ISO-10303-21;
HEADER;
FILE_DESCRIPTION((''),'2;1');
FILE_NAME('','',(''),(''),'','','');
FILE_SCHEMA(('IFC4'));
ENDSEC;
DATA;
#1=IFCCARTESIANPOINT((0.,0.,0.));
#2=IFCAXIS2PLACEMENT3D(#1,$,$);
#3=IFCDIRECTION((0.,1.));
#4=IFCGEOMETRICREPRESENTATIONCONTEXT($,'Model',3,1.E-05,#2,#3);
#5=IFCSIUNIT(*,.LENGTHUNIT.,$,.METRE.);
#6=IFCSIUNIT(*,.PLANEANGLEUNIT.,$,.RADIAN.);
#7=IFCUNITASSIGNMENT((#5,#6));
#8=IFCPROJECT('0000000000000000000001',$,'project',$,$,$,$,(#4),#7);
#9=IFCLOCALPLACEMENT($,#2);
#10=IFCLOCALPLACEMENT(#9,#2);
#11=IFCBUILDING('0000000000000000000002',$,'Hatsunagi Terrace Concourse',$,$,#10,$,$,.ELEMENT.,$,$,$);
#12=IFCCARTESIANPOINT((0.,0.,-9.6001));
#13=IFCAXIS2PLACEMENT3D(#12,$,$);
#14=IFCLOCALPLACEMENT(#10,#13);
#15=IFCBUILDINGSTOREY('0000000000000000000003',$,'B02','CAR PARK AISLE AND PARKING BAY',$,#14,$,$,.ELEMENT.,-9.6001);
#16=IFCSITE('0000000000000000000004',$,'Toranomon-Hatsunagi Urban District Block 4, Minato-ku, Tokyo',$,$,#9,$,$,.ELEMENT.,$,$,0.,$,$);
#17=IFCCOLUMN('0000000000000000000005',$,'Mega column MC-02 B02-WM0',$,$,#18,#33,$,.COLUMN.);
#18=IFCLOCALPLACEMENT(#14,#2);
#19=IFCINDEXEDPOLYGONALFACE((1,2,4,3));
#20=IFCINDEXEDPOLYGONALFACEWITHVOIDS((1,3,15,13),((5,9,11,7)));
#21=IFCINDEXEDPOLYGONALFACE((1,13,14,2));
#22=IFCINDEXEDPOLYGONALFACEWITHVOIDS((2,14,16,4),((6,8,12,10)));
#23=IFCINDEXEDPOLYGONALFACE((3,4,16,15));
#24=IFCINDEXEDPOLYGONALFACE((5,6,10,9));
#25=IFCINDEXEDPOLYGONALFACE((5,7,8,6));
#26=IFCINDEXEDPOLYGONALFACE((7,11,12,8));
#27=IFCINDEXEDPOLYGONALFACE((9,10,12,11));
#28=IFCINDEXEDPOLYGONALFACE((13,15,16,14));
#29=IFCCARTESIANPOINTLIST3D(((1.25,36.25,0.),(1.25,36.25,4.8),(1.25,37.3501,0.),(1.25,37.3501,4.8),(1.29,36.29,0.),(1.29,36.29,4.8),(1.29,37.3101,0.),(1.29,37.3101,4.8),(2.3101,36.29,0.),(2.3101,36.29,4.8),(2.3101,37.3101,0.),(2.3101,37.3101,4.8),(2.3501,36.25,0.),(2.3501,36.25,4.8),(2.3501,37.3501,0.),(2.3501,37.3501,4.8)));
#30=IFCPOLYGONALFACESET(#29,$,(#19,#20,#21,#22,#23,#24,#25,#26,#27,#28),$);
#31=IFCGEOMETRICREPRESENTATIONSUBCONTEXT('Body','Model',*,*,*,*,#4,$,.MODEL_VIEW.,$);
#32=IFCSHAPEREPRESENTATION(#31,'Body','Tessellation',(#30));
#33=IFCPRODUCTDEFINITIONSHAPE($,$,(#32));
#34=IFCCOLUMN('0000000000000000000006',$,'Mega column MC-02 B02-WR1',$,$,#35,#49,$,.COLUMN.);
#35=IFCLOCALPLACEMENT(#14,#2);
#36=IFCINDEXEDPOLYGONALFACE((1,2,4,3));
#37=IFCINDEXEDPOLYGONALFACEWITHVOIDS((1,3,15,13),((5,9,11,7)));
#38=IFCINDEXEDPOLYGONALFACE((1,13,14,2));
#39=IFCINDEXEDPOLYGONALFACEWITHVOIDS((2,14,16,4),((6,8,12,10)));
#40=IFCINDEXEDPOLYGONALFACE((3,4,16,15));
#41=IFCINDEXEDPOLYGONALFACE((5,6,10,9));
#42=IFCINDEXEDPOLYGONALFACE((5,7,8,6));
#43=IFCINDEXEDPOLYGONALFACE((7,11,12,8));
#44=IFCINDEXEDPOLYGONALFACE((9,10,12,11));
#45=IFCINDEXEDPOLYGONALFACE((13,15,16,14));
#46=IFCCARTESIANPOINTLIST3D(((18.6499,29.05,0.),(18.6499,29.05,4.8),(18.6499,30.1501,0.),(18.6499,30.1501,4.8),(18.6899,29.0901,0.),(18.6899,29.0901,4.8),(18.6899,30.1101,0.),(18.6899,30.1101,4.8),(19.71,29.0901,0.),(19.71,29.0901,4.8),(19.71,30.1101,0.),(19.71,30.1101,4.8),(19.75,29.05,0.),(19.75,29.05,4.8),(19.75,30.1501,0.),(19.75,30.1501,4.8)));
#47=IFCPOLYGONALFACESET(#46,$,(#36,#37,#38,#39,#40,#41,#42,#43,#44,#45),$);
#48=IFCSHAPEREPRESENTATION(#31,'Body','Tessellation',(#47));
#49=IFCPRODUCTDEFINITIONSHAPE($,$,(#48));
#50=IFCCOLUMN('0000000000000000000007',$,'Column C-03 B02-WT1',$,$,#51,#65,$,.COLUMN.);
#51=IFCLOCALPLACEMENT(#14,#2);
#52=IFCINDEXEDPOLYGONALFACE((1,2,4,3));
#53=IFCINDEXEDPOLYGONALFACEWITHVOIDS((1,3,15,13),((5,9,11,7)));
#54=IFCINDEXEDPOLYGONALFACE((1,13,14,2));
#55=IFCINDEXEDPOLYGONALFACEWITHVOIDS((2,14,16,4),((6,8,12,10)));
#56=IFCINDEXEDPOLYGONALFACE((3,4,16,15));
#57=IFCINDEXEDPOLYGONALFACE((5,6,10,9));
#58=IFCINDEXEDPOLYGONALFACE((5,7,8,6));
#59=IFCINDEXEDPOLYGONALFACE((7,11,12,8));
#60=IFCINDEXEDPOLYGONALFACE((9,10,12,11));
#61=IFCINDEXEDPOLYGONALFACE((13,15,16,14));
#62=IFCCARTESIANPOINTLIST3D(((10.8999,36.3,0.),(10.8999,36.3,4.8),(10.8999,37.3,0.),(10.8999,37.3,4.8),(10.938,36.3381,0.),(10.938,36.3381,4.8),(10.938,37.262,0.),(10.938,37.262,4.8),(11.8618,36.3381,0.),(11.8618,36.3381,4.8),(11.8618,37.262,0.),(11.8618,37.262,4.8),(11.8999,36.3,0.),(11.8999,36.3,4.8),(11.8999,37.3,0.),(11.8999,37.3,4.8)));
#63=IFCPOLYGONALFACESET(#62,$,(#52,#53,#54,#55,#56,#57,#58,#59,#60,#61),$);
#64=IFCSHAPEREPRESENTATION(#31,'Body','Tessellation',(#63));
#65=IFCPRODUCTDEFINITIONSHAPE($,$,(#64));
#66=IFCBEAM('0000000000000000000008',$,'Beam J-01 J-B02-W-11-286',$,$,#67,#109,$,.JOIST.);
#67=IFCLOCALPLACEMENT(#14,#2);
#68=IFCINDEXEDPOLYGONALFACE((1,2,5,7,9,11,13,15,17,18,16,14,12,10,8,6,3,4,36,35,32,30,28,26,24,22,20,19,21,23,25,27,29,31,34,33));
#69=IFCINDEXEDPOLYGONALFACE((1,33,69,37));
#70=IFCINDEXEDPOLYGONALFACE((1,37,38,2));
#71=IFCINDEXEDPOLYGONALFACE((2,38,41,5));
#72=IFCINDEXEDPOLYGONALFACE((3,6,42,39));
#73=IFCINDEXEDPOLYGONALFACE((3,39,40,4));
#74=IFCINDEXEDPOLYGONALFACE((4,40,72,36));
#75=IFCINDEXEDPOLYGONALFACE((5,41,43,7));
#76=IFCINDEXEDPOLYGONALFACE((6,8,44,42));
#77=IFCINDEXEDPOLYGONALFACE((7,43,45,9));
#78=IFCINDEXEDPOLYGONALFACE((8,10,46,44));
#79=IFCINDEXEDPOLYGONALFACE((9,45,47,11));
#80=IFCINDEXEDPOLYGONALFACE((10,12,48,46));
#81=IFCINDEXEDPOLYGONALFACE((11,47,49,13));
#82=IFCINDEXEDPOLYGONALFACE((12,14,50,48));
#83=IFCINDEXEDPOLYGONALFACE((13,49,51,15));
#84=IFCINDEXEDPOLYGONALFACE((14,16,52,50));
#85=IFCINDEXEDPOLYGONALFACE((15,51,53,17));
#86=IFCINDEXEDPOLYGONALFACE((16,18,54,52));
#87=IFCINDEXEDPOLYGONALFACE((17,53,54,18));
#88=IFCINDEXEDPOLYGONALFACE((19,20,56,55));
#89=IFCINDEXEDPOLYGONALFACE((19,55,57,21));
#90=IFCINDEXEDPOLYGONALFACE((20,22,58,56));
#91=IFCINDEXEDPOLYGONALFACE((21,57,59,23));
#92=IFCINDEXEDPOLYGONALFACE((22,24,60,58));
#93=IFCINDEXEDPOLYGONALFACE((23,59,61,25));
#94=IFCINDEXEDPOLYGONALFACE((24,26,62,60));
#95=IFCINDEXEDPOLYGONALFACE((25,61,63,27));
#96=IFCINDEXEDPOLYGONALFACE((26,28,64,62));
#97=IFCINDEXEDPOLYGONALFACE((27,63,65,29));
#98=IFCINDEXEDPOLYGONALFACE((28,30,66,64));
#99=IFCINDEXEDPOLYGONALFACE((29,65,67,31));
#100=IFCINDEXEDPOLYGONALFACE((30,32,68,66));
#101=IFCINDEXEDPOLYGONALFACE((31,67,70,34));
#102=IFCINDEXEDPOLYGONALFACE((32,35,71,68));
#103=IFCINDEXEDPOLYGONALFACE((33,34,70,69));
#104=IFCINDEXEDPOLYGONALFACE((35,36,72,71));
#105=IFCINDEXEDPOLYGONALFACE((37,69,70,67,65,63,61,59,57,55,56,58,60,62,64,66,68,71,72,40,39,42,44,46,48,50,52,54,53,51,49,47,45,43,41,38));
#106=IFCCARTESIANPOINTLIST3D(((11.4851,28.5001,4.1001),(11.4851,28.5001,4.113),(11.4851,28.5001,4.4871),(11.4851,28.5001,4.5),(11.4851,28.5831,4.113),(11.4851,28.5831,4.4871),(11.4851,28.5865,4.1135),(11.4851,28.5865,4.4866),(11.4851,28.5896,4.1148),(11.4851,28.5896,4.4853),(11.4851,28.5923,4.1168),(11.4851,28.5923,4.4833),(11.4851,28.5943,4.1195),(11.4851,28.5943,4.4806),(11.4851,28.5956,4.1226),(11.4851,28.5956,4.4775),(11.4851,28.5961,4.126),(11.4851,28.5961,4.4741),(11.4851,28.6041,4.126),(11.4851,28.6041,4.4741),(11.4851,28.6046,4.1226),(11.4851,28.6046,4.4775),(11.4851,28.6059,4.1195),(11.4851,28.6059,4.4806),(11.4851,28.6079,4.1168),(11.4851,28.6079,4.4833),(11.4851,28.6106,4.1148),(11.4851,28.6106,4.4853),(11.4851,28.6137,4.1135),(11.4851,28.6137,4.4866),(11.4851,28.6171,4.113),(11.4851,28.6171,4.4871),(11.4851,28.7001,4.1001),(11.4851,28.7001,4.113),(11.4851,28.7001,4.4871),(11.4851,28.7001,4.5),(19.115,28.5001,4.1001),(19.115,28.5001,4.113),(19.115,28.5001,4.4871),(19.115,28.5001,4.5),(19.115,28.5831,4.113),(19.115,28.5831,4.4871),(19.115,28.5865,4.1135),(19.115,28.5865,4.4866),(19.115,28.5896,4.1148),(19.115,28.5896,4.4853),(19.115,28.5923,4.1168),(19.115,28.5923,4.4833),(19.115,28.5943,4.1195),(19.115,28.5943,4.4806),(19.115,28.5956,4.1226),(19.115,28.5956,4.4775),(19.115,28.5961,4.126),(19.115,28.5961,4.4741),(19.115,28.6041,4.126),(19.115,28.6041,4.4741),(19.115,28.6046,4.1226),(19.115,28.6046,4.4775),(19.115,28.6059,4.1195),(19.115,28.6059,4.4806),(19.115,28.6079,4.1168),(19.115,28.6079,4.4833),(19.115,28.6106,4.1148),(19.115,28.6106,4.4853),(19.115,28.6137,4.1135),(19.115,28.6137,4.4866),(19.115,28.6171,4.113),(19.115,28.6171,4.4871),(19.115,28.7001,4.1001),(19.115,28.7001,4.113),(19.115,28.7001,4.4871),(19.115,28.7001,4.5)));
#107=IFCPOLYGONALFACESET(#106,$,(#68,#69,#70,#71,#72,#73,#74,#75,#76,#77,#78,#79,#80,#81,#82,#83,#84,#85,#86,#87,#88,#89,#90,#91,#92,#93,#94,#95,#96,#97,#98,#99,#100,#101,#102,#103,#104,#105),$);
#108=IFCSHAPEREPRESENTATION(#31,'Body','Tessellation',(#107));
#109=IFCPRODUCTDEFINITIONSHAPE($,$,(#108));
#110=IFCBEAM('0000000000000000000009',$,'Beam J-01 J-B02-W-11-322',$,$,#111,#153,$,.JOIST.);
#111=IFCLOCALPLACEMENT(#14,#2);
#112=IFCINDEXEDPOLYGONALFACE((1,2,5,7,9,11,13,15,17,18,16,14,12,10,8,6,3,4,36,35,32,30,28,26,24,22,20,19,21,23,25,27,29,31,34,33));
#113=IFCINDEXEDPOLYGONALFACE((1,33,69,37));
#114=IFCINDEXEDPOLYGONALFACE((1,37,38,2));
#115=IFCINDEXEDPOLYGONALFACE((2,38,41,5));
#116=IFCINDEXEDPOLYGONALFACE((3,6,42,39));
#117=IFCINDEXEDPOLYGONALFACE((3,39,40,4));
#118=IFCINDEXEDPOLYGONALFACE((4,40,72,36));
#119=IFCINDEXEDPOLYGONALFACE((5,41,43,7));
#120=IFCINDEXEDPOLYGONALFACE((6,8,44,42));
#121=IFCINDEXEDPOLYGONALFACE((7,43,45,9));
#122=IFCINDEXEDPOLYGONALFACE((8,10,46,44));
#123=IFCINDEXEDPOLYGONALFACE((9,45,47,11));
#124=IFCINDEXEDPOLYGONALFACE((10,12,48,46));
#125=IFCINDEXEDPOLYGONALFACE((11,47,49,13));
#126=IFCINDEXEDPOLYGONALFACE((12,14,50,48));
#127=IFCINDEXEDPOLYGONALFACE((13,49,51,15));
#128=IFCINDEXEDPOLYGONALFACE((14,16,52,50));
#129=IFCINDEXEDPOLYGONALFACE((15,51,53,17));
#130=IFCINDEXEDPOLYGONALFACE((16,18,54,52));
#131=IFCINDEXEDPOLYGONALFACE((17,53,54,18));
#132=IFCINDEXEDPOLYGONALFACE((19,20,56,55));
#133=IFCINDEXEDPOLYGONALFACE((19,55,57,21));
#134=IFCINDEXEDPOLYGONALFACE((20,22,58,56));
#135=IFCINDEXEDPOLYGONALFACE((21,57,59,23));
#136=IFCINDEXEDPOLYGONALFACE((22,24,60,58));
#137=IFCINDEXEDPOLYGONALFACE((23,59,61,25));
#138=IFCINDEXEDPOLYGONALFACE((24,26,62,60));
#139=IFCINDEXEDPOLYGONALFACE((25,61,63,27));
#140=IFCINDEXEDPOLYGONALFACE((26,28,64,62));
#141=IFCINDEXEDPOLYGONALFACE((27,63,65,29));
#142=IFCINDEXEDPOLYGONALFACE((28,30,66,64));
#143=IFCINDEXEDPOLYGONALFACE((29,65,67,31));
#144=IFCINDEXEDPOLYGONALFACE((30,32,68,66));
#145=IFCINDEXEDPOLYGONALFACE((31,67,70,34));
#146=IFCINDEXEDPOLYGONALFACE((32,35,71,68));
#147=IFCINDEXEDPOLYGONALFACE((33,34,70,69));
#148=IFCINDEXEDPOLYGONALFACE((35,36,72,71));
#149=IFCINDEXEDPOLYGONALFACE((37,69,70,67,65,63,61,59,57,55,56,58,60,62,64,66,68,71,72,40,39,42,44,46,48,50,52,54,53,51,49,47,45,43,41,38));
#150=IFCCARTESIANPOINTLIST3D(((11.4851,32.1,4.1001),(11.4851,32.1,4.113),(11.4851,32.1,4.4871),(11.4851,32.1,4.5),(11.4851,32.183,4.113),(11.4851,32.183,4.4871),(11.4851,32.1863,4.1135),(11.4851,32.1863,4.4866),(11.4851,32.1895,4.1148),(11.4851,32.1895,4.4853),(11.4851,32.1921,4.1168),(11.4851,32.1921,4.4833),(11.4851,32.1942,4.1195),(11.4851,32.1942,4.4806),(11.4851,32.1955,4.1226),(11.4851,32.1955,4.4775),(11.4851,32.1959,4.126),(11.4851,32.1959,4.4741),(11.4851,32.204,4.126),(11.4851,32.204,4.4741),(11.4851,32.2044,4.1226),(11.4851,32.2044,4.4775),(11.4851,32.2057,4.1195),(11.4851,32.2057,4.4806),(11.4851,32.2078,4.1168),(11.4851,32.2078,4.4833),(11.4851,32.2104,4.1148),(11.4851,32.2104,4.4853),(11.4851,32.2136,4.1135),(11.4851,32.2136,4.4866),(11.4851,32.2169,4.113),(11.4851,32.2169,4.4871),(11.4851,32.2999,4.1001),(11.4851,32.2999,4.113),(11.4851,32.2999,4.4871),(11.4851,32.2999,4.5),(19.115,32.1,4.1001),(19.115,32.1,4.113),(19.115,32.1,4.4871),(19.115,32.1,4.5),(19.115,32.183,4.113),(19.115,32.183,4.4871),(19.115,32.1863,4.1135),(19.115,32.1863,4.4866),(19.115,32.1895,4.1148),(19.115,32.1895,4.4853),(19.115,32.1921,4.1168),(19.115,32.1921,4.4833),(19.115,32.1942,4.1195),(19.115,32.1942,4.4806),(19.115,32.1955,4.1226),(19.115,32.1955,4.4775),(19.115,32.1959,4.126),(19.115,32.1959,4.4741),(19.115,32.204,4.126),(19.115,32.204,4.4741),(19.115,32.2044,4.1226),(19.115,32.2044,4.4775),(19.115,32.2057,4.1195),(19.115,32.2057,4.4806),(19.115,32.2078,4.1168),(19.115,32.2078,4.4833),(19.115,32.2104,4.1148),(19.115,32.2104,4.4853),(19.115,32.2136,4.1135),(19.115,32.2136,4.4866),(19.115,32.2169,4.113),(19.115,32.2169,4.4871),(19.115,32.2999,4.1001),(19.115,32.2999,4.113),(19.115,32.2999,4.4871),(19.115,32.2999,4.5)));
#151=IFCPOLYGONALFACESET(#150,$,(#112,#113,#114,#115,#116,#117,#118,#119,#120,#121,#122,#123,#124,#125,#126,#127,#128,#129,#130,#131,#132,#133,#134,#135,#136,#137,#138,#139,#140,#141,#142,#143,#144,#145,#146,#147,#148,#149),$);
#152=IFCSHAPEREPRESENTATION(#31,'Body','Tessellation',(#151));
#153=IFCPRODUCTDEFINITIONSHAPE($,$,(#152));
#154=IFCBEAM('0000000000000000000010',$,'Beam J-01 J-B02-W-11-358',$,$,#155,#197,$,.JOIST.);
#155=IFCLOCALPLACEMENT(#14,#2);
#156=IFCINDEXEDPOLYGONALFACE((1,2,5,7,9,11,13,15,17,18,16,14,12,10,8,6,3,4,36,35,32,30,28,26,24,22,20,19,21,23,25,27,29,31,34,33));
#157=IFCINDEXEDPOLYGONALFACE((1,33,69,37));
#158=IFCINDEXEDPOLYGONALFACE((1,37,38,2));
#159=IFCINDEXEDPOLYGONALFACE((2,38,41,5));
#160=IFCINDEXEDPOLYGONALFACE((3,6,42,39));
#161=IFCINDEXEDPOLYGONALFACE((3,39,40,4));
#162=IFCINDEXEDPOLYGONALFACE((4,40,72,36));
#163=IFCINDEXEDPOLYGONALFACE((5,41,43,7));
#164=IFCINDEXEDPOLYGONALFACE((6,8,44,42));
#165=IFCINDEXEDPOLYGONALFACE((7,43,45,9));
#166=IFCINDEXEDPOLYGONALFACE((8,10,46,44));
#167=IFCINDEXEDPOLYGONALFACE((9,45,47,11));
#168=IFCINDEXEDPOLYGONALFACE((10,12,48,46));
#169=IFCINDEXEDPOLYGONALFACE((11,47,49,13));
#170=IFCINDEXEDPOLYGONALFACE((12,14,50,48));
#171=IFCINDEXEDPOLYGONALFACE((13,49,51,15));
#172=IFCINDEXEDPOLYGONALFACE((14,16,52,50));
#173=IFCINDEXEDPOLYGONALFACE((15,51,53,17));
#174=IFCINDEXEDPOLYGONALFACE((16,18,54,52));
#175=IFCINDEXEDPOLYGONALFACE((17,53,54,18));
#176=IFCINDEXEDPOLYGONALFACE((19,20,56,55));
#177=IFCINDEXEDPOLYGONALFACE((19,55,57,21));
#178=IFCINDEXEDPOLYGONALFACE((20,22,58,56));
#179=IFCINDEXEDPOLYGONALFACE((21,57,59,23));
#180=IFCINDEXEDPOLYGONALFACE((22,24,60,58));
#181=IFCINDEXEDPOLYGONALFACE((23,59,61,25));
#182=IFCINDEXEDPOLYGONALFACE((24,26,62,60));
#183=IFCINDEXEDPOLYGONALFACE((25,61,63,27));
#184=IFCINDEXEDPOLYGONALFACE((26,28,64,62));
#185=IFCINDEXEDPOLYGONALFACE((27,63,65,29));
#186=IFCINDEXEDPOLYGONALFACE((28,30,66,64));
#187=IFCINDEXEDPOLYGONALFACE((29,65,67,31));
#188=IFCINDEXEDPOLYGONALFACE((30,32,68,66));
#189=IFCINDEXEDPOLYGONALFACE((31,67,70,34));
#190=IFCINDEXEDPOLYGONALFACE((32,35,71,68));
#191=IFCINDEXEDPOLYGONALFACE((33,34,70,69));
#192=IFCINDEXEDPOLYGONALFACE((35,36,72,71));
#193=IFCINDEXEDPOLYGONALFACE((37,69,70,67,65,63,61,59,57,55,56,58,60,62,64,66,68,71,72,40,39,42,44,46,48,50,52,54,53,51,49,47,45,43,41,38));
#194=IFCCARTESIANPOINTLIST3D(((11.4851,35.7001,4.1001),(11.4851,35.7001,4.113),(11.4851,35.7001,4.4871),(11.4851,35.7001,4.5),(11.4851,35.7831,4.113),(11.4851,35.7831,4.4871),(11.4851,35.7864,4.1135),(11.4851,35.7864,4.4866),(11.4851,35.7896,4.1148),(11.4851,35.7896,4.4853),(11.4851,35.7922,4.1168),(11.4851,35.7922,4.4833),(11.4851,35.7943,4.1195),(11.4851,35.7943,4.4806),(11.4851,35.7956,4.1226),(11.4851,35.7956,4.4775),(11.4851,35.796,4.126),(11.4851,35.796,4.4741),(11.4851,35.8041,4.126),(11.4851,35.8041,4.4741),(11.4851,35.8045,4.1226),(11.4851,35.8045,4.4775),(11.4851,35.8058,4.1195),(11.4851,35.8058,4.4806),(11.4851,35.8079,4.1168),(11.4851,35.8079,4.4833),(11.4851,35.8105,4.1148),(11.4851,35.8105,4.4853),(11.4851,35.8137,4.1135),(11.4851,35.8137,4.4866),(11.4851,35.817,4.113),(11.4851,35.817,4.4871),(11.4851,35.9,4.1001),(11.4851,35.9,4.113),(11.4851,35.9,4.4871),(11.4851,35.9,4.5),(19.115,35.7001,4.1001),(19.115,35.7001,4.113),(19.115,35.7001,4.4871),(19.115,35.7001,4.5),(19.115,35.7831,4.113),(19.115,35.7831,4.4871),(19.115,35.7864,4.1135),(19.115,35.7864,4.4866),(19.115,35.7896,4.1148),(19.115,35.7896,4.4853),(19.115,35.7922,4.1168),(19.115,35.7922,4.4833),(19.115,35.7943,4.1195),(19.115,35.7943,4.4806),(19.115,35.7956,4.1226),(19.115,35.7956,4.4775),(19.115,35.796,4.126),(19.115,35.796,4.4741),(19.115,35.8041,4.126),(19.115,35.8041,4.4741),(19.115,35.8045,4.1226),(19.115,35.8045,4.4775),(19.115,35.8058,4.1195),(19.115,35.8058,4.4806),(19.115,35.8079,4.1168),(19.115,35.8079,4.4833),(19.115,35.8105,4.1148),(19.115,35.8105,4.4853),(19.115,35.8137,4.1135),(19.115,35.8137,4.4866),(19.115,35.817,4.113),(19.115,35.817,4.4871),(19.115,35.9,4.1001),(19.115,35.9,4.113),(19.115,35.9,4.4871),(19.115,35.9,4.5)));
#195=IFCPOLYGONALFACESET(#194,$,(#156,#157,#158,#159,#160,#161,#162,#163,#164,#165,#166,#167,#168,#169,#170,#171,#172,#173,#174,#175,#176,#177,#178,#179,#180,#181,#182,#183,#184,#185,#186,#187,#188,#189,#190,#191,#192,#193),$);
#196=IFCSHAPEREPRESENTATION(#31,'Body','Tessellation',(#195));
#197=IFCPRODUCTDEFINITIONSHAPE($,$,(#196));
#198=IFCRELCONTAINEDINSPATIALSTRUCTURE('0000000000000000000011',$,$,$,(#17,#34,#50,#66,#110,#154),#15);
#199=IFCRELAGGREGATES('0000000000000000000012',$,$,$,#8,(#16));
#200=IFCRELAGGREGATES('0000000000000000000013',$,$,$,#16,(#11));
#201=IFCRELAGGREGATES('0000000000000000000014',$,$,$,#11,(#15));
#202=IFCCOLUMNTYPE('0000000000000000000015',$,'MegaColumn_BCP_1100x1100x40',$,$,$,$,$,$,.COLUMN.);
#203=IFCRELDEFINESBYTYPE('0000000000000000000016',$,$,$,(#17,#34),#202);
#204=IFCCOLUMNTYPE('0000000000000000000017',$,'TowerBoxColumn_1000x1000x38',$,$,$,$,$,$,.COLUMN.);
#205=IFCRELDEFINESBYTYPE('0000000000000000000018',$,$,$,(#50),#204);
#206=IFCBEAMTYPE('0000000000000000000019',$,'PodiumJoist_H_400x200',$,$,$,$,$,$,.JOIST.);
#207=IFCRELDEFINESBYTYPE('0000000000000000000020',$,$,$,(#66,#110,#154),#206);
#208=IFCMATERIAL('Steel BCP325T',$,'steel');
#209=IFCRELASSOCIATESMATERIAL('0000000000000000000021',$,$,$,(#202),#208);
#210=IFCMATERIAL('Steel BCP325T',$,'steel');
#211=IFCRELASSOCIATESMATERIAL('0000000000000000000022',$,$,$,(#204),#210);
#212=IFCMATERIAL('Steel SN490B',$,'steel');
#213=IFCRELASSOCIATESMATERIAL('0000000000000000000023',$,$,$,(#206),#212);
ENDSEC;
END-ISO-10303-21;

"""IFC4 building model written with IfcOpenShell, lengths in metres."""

from ifc_helpers import new_model, si_unit, direction, frame, origin, origin_2d, place, context, subcontext, project, spatial, hollow_rectangle, i_section, extrude, material, material_profile, profile_set, type_object, element, save


model = new_model("IFC4")

# Units and contexts
model_context = context("Model", 3, precision=1e-05, world=origin(), true_north=direction((0.0, 1.0)))
body_context = subcontext(model_context, "Body", "Model", "MODEL_VIEW")
ifc_project = project(units=[si_unit("LENGTHUNIT", "METRE"), si_unit("PLANEANGLEUNIT", "RADIAN")], contexts=[model_context])

# Site, building, storey
site_placement = place(None, origin())
site = spatial("IfcSite", under=ifc_project, at=site_placement, Name="Toranomon-Hatsunagi Urban District Block 4, Minato-ku, Tokyo", CompositionType="ELEMENT", RefElevation=0.0)
building_placement = place(site_placement, origin())
building = spatial("IfcBuilding", under=site, at=building_placement, Name="Hatsunagi Terrace Concourse", CompositionType="ELEMENT")
storey_placement = place(building_placement, frame((0.0, 0.0, -9.6001)))
storey = spatial("IfcBuildingStorey", under=building, at=storey_placement, Name="B02", Description="CAR PARK AISLE AND PARKING BAY", CompositionType="ELEMENT", Elevation=-9.6001)

# Columns
ifc_material_1 = material(Name="Steel BCP325T", Category="steel")
ifc_material_profile_1 = material_profile(ifc_material_1, hollow_rectangle(XDim=1.1001, YDim=1.1001, WallThickness=0.04, at=origin_2d()), Name="BCP-1100x1100x40")
ifc_profile_set_1 = profile_set([ifc_material_profile_1], Name="Steel BCP325T")
column_type_1 = type_object("IfcColumnType", Name="MegaColumn_BCP_1100x1100x40", PredefinedType="COLUMN", material=ifc_profile_set_1)
for number, where, z_axis, x_axis, name in (
    (1, (1.8, 36.8, 0.0), (0.0, 0.0, 1.0), (1.0, 0.0, 0.0), "Mega column MC-02 B02-WM0"),
    (2, (19.2, 29.6001, 0.0), (0.0, 0.0, 1.0), (1.0, 0.0, 0.0), "Mega column MC-02 B02-WR1"),
):
    element("IfcColumn", number, at=place(storey_placement, frame(where, z_axis=z_axis, x_axis=x_axis)), inside=storey, type_object=column_type_1, Name=name, PredefinedType="COLUMN", context=body_context, shape_type="SweptSolid", body=[
        extrude(hollow_rectangle(XDim=1.1001, YDim=1.1001, WallThickness=0.04, at=origin_2d()), origin(), (0.0, 0.0, 1.0), 4.8),
    ])
ifc_material_2 = material(Name="Steel BCP325T", Category="steel")
ifc_material_profile_2 = material_profile(ifc_material_2, hollow_rectangle(XDim=1.0, YDim=1.0, WallThickness=0.0381, at=origin_2d()), Name="BCP-1000x1000x38")
ifc_profile_set_2 = profile_set([ifc_material_profile_2], Name="Steel BCP325T")
column_type_2 = type_object("IfcColumnType", Name="TowerBoxColumn_1000x1000x38", PredefinedType="COLUMN", material=ifc_profile_set_2)
column_placement = place(storey_placement, frame((11.3999, 36.8, 0.0), z_axis=(0.0, 0.0, 1.0), x_axis=(1.0, 0.0, 0.0)))
element("IfcColumn", 3, at=column_placement, inside=storey, type_object=column_type_2, Name="Column C-03 B02-WT1", PredefinedType="COLUMN", context=body_context, shape_type="SweptSolid", body=[
    extrude(hollow_rectangle(XDim=1.0, YDim=1.0, WallThickness=0.0381, at=origin_2d()), origin(), (0.0, 0.0, 1.0), 4.8),
])

# Beams
ifc_material_3 = material(Name="Steel SN490B", Category="steel")
ifc_material_profile_3 = material_profile(ifc_material_3, i_section(OverallWidth=0.2, OverallDepth=0.3999, WebThickness=0.0081, FlangeThickness=0.0129, FilletRadius=0.0129, at=origin_2d()), Name="H-400x200x8x13")
ifc_profile_set_3 = profile_set([ifc_material_profile_3], Name="Steel SN490B")
beam_type = type_object("IfcBeamType", Name="PodiumJoist_H_400x200", PredefinedType="JOIST", material=ifc_profile_set_3)
for number, where, z_axis, x_axis, name in (
    (4, (11.4851, 28.6001, 4.3), (1.0, 0.0, 0.0), (0.0, 1.0, 0.0), "Beam J-01 J-B02-W-11-286"),
    (5, (11.4851, 32.2, 4.3), (1.0, 0.0, 0.0), (0.0, 1.0, 0.0), "Beam J-01 J-B02-W-11-322"),
    (6, (11.4851, 35.8, 4.3), (1.0, 0.0, 0.0), (0.0, 1.0, 0.0), "Beam J-01 J-B02-W-11-358"),
):
    element("IfcBeam", number, at=place(storey_placement, frame(where, z_axis=z_axis, x_axis=x_axis)), inside=storey, type_object=beam_type, Name=name, PredefinedType="JOIST", context=body_context, shape_type="SweptSolid", body=[
        extrude(i_section(OverallWidth=0.2, OverallDepth=0.3999, WebThickness=0.0081, FlangeThickness=0.0129, FilletRadius=0.0129, at=origin_2d()), origin(), (0.0, 0.0, 1.0), 7.6299),
    ])

save(model, "model.ifc")
